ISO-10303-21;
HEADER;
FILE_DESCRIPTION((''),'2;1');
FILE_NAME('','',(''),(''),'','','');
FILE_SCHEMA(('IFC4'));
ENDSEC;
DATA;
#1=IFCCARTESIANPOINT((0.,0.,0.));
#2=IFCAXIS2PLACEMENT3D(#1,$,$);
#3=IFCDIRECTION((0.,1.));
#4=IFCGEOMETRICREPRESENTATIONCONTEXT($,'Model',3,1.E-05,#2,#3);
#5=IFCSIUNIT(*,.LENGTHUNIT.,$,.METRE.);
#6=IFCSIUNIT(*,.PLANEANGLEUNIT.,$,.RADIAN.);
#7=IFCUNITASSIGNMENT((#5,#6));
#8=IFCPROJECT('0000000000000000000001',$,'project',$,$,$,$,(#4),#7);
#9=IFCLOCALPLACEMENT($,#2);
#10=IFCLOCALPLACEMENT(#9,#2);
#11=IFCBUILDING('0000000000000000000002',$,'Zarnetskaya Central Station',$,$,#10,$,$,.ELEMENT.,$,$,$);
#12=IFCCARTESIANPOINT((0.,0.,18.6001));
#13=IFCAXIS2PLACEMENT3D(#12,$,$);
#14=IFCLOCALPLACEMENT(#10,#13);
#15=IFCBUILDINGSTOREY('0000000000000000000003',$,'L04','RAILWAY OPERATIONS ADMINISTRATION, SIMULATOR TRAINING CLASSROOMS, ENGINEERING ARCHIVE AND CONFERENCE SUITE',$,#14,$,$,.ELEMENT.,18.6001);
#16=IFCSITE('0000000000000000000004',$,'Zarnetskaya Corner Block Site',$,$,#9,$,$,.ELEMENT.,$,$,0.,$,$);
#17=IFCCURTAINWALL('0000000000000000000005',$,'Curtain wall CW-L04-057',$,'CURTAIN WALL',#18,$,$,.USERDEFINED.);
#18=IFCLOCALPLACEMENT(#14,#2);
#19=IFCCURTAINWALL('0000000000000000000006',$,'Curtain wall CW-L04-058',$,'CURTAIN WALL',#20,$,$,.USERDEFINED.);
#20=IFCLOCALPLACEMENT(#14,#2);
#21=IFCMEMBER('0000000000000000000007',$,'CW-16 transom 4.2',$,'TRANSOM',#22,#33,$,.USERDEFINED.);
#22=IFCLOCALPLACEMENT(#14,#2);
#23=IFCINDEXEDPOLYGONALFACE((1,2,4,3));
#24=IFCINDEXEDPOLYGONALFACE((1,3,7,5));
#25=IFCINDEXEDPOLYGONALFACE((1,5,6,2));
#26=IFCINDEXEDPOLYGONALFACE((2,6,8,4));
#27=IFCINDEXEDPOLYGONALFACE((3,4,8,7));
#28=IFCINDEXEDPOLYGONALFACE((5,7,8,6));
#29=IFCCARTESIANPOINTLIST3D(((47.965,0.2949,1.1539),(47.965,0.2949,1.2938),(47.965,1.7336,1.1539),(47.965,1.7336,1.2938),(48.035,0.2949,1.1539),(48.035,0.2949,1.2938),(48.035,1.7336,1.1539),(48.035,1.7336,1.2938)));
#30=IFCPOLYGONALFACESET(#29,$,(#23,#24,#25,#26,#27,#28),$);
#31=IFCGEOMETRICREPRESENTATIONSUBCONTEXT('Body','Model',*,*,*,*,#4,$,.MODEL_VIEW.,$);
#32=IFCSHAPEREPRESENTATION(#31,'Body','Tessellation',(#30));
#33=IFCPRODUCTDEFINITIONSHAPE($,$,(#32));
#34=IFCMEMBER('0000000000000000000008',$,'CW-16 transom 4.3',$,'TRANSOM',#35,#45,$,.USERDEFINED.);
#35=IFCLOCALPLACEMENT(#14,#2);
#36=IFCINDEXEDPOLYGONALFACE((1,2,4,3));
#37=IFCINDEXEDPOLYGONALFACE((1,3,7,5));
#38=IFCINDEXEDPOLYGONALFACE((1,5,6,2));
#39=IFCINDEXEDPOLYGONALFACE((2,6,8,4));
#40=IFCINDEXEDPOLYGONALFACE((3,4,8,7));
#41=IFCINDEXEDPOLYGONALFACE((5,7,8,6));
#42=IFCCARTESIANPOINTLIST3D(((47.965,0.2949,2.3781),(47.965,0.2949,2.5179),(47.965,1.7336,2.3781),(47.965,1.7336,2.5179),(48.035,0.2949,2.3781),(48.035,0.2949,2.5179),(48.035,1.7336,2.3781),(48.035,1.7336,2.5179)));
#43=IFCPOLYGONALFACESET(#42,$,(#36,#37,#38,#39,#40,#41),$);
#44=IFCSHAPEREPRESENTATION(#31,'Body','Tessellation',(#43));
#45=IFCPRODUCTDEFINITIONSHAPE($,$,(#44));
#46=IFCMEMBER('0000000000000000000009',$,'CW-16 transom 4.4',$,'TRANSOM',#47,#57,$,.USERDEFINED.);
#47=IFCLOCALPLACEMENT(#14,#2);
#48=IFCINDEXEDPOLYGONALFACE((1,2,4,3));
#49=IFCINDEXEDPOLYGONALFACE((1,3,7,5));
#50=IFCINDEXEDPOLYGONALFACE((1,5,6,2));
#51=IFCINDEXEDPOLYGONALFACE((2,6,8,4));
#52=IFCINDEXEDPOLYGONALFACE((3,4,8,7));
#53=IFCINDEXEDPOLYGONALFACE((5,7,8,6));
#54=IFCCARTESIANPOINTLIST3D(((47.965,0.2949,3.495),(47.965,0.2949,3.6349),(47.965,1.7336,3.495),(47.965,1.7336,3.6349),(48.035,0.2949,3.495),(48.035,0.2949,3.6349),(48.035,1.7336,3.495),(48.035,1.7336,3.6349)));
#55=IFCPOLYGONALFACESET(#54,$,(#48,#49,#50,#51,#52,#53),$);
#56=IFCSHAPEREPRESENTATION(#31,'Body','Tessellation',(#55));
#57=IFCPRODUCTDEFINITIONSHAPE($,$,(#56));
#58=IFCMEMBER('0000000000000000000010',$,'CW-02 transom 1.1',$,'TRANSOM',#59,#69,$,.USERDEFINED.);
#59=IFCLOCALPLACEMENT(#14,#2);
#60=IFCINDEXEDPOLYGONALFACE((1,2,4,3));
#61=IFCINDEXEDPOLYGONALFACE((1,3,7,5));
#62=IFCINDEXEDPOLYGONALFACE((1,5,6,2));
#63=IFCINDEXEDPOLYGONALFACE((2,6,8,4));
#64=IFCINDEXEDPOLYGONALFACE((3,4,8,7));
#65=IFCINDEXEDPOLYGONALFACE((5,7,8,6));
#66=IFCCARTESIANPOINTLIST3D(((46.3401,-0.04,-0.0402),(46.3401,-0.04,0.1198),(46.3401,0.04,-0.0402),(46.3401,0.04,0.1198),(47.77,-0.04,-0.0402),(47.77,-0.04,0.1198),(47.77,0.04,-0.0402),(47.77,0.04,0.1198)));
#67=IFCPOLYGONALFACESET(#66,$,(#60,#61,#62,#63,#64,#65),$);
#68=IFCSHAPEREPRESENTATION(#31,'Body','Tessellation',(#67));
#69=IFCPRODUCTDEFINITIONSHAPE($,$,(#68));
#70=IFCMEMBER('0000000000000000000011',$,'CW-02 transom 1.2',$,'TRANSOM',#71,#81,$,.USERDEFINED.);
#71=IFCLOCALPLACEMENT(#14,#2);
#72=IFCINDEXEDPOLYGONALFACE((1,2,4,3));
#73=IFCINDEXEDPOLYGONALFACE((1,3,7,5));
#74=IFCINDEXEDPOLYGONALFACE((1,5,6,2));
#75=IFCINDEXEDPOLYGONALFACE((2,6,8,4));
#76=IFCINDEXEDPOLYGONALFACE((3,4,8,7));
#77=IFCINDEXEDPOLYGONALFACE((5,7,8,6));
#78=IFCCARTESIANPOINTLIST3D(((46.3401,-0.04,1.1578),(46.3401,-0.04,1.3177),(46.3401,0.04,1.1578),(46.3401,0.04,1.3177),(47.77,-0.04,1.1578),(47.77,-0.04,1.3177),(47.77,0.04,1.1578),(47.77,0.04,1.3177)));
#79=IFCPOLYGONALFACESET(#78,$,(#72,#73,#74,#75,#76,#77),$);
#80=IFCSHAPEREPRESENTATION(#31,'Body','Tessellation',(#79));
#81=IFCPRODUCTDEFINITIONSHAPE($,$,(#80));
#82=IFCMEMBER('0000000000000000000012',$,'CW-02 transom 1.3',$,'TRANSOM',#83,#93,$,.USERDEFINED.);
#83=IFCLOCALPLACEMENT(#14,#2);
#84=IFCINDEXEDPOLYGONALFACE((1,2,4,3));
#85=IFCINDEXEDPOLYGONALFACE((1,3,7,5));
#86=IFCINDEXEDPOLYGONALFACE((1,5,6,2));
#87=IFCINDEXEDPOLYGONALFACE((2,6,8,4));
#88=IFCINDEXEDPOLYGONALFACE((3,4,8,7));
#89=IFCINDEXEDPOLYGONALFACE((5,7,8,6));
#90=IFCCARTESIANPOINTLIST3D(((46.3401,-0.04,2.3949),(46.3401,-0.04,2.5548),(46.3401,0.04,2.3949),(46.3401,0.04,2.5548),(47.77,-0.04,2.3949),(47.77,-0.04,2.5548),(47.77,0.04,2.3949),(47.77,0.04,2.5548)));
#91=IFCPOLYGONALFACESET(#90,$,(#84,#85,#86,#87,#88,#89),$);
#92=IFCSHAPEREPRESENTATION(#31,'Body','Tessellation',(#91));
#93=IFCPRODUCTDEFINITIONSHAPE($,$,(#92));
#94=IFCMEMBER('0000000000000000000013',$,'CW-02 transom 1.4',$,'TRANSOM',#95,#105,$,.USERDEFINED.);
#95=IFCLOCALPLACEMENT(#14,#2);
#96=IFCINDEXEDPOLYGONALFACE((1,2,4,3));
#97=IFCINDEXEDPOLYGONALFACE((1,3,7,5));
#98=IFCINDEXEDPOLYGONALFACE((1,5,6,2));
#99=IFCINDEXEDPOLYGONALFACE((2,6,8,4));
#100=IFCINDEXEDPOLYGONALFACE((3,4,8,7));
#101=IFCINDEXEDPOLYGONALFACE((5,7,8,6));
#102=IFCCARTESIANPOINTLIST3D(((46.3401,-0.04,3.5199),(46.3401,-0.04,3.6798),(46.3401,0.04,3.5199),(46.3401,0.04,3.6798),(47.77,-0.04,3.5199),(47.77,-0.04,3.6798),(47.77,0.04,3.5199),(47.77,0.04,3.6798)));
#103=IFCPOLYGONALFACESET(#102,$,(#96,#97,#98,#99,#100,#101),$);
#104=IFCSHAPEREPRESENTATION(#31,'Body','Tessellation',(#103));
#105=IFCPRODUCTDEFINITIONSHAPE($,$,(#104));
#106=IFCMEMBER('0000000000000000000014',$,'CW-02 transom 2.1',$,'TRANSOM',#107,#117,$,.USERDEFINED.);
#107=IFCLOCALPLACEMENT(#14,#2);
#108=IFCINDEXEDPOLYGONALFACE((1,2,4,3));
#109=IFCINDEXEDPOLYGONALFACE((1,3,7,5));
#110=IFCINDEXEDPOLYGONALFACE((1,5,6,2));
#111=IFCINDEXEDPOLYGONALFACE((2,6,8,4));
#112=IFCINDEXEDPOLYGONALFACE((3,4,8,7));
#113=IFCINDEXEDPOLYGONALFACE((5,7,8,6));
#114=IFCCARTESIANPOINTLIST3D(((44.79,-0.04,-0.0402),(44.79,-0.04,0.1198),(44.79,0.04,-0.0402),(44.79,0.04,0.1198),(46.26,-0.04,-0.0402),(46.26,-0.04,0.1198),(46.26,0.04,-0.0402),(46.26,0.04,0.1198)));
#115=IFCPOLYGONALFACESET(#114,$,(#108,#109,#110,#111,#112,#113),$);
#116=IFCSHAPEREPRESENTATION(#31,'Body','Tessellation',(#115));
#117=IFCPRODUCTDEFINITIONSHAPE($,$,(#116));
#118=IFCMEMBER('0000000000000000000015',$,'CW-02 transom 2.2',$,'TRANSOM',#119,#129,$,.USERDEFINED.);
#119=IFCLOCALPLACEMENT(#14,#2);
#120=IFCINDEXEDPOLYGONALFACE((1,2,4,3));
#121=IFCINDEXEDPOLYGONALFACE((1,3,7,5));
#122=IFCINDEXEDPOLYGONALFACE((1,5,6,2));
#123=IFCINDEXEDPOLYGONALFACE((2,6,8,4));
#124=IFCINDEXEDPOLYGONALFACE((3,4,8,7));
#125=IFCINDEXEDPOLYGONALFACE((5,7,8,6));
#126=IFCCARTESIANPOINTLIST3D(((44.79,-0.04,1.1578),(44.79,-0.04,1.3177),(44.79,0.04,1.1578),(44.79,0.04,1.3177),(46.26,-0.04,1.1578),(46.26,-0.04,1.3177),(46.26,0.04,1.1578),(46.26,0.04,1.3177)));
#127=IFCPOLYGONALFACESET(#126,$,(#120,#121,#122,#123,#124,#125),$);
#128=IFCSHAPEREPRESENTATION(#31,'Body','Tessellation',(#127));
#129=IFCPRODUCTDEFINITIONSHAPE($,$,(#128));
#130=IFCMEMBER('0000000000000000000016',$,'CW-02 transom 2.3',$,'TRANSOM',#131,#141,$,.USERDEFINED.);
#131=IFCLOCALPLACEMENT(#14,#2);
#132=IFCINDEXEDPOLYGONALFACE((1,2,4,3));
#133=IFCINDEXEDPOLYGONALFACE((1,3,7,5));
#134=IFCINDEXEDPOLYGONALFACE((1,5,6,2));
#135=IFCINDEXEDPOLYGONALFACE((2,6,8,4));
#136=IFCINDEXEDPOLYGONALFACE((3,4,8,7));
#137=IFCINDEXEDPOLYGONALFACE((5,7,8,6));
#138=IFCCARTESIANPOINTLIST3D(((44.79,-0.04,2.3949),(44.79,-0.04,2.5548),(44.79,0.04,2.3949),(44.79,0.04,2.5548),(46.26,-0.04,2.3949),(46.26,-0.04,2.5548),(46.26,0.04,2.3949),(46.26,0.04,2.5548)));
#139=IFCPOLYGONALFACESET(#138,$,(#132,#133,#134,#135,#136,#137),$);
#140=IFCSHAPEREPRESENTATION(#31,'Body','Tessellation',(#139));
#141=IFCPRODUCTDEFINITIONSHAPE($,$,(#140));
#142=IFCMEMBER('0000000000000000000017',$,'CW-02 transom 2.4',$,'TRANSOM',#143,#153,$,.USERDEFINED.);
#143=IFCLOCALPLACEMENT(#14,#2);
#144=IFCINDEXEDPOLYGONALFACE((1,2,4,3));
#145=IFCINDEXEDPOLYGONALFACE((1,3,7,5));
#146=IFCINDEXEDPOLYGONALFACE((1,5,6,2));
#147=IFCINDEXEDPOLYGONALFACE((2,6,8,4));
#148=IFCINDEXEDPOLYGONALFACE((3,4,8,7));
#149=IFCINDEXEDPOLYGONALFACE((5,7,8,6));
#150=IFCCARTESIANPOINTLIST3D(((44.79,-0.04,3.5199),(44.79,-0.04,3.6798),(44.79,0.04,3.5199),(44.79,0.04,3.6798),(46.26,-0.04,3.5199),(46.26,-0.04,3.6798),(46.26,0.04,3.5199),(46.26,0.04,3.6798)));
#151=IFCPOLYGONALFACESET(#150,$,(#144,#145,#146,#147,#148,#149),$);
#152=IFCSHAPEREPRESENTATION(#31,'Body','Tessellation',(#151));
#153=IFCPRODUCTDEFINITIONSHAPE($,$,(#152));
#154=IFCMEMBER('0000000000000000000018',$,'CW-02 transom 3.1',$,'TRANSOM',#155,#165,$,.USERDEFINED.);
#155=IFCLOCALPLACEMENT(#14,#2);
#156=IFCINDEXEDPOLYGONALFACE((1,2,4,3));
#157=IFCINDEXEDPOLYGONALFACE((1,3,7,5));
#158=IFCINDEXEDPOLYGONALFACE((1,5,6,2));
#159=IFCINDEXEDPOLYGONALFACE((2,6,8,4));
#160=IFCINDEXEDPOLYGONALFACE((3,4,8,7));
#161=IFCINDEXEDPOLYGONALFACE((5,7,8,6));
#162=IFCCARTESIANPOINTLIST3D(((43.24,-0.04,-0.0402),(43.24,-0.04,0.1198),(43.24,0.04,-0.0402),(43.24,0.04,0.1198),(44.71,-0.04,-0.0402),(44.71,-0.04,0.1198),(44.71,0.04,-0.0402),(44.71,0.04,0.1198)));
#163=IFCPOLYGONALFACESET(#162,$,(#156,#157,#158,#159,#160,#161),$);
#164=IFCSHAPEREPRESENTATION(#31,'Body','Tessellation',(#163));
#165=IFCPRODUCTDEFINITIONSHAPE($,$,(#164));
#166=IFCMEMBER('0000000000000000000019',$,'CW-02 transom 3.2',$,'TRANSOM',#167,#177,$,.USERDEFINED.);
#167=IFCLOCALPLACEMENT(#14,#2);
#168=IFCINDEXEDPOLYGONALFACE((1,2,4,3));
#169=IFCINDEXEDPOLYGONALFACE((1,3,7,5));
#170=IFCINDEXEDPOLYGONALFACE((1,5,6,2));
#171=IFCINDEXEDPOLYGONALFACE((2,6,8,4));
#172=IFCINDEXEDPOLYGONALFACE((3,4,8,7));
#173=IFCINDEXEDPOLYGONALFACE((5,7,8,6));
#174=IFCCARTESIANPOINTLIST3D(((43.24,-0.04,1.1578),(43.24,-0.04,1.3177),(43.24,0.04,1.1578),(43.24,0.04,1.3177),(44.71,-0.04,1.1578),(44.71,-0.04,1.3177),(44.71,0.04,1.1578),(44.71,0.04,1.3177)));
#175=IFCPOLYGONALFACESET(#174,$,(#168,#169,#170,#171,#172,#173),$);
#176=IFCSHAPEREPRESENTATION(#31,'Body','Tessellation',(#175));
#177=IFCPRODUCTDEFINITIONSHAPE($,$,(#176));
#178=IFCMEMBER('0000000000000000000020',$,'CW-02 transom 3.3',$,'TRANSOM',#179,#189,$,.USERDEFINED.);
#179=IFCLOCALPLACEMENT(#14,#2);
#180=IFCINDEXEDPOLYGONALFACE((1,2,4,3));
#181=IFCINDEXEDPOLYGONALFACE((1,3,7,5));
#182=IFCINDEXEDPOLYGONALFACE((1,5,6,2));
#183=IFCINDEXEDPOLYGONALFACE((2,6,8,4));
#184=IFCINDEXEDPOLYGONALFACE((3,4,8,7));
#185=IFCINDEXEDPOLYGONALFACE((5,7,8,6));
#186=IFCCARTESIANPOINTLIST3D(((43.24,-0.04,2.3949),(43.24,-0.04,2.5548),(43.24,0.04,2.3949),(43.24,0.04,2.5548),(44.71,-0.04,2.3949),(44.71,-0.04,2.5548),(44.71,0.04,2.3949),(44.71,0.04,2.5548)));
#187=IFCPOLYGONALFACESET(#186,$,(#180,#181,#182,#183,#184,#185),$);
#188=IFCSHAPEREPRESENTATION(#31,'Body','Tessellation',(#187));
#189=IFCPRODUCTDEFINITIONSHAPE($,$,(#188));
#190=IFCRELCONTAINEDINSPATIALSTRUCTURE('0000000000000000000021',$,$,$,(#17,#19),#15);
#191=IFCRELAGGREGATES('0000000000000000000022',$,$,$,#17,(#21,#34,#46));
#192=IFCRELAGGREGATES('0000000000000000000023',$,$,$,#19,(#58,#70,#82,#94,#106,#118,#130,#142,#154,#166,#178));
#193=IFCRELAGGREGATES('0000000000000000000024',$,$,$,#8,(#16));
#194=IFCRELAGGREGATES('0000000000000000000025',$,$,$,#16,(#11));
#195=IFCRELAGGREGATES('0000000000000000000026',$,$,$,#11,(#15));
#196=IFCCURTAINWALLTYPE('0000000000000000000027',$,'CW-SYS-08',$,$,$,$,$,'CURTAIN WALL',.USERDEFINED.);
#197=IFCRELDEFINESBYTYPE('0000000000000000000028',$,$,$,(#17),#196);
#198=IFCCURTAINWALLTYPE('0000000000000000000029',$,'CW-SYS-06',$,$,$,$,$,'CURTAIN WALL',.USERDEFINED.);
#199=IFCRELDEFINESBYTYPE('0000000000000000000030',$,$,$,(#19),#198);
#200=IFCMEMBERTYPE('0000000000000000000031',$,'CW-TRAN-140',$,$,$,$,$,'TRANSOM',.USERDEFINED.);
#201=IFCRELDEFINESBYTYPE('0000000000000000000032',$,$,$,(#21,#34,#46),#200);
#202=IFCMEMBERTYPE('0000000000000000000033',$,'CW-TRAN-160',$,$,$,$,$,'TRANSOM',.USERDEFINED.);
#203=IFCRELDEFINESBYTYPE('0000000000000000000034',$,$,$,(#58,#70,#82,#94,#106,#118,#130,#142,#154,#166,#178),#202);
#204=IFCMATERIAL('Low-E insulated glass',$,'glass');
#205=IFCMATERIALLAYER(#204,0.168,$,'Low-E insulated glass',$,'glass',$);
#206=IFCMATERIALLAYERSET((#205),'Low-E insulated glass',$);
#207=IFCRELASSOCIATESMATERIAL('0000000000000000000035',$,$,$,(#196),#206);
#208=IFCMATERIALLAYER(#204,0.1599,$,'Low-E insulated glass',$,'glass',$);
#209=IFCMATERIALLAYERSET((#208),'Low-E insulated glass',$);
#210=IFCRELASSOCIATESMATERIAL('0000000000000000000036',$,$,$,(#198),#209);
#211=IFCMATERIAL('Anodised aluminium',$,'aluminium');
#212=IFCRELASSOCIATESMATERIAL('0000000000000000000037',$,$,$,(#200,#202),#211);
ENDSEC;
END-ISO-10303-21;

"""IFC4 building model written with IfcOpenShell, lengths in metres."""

from ifc_helpers import new_model, si_unit, direction, frame, origin, origin_2d, place, context, subcontext, project, spatial, rectangle, extrude, material, layer, layer_set, material_profile, profile_set, type_object, element, aggregate, save


model = new_model("IFC4")

# Units and contexts
model_context = context("Model", 3, precision=1e-05, world=origin(), true_north=direction((0.0, 1.0)))
body_context = subcontext(model_context, "Body", "Model", "MODEL_VIEW")
ifc_project = project(units=[si_unit("LENGTHUNIT", "METRE"), si_unit("PLANEANGLEUNIT", "RADIAN")], contexts=[model_context])

# Site, building, storey
site_placement = place(None, origin())
site = spatial("IfcSite", under=ifc_project, at=site_placement, Name="Zarnetskaya Corner Block Site", CompositionType="ELEMENT", RefElevation=0.0)
building_placement = place(site_placement, origin())
building = spatial("IfcBuilding", under=site, at=building_placement, Name="Zarnetskaya Central Station", CompositionType="ELEMENT")
storey_placement = place(building_placement, frame((0.0, 0.0, 18.6001)))
storey = spatial("IfcBuildingStorey", under=building, at=storey_placement, Name="L04", Description="RAILWAY OPERATIONS ADMINISTRATION, SIMULATOR TRAINING CLASSROOMS, ENGINEERING ARCHIVE AND CONFERENCE SUITE", CompositionType="ELEMENT", Elevation=18.6001)

# Curtain walls
ifc_material_1 = material(Name="Low-E insulated glass", Category="glass")
ifc_layer_1 = layer(ifc_material_1, 0.168, Name="Low-E insulated glass", Category="glass")
ifc_layer_set_1 = layer_set([ifc_layer_1], Name="Low-E insulated glass")
curtain_wall_type_1 = type_object("IfcCurtainWallType", Name="CW-SYS-08", ElementType="CURTAIN WALL", PredefinedType="USERDEFINED", material=ifc_layer_set_1)
curtain_wall_1_placement = place(storey_placement, origin())
curtain_wall_1 = element("IfcCurtainWall", 1, at=curtain_wall_1_placement, inside=storey, type_object=curtain_wall_type_1, Name="Curtain wall CW-L04-057", ObjectType="CURTAIN WALL", PredefinedType="USERDEFINED")
ifc_material_2 = material(Name="Anodised aluminium", Category="aluminium")
ifc_layer_2 = layer(ifc_material_1, 0.1599, Name="Low-E insulated glass", Category="glass")
ifc_layer_set_2 = layer_set([ifc_layer_2], Name="Low-E insulated glass")
curtain_wall_type_2 = type_object("IfcCurtainWallType", Name="CW-SYS-06", ElementType="CURTAIN WALL", PredefinedType="USERDEFINED", material=ifc_layer_set_2)
curtain_wall_2_placement = place(storey_placement, origin())
curtain_wall_2 = element("IfcCurtainWall", 2, at=curtain_wall_2_placement, inside=storey, type_object=curtain_wall_type_2, Name="Curtain wall CW-L04-058", ObjectType="CURTAIN WALL", PredefinedType="USERDEFINED")

# Members
ifc_material_profile_1 = material_profile(ifc_material_2, rectangle(XDim=0.0701, YDim=0.1399, at=origin_2d()), Name="ALU TRAN 70x140")
ifc_profile_set_1 = profile_set([ifc_material_profile_1], Name="Anodised aluminium")
member_type_1 = type_object("IfcMemberType", Name="CW-TRAN-140", ElementType="TRANSOM", PredefinedType="USERDEFINED", material=ifc_profile_set_1)
member_1_placement = place(storey_placement, frame((48.0, 1.7336, 1.2239), z_axis=(0.0, -1.0, 0.0), x_axis=(1.0, 0.0, 0.0)))
member_1 = element("IfcMember", 3, at=member_1_placement, type_object=member_type_1, Name="CW-16 transom 4.2", ObjectType="TRANSOM", PredefinedType="USERDEFINED", context=body_context, shape_type="SweptSolid", body=[
    extrude(rectangle(XDim=0.0701, YDim=0.1399, at=origin_2d()), origin(), (0.0, 0.0, 1.0), 1.4387),
])
member_2_placement = place(storey_placement, frame((48.0, 1.7336, 2.448), z_axis=(0.0, -1.0, 0.0), x_axis=(1.0, 0.0, 0.0)))
member_2 = element("IfcMember", 4, at=member_2_placement, type_object=member_type_1, Name="CW-16 transom 4.3", ObjectType="TRANSOM", PredefinedType="USERDEFINED", context=body_context, shape_type="SweptSolid", body=[
    extrude(rectangle(XDim=0.0701, YDim=0.1399, at=origin_2d()), origin(), (0.0, 0.0, 1.0), 1.4387),
])
member_3_placement = place(storey_placement, frame((48.0, 1.7336, 3.5649), z_axis=(0.0, -1.0, 0.0), x_axis=(1.0, 0.0, 0.0)))
member_3 = element("IfcMember", 5, at=member_3_placement, type_object=member_type_1, Name="CW-16 transom 4.4", ObjectType="TRANSOM", PredefinedType="USERDEFINED", context=body_context, shape_type="SweptSolid", body=[
    extrude(rectangle(XDim=0.0701, YDim=0.1399, at=origin_2d()), origin(), (0.0, 0.0, 1.0), 1.4387),
])
ifc_material_profile_2 = material_profile(ifc_material_2, rectangle(XDim=0.0801, YDim=0.1599, at=origin_2d()), Name="ALU TRAN 80x160")
ifc_profile_set_2 = profile_set([ifc_material_profile_2], Name="Anodised aluminium")
member_type_2 = type_object("IfcMemberType", Name="CW-TRAN-160", ElementType="TRANSOM", PredefinedType="USERDEFINED", material=ifc_profile_set_2)
member_4_placement = place(storey_placement, frame((47.77, 0.0, 0.0398), z_axis=(-1.0, 0.0, 0.0), x_axis=(0.0, -1.0, 0.0)))
member_4 = element("IfcMember", 6, at=member_4_placement, type_object=member_type_2, Name="CW-02 transom 1.1", ObjectType="TRANSOM", PredefinedType="USERDEFINED", context=body_context, shape_type="SweptSolid", body=[
    extrude(rectangle(XDim=0.0801, YDim=0.1599, at=origin_2d()), origin(), (0.0, 0.0, 1.0), 1.4299),
])
member_5_placement = place(storey_placement, frame((47.77, 0.0, 1.2378), z_axis=(-1.0, 0.0, 0.0), x_axis=(0.0, -1.0, 0.0)))
member_5 = element("IfcMember", 7, at=member_5_placement, type_object=member_type_2, Name="CW-02 transom 1.2", ObjectType="TRANSOM", PredefinedType="USERDEFINED", context=body_context, shape_type="SweptSolid", body=[
    extrude(rectangle(XDim=0.0801, YDim=0.1599, at=origin_2d()), origin(), (0.0, 0.0, 1.0), 1.4299),
])
member_6_placement = place(storey_placement, frame((47.77, 0.0, 2.4749), z_axis=(-1.0, 0.0, 0.0), x_axis=(0.0, -1.0, 0.0)))
member_6 = element("IfcMember", 8, at=member_6_placement, type_object=member_type_2, Name="CW-02 transom 1.3", ObjectType="TRANSOM", PredefinedType="USERDEFINED", context=body_context, shape_type="SweptSolid", body=[
    extrude(rectangle(XDim=0.0801, YDim=0.1599, at=origin_2d()), origin(), (0.0, 0.0, 1.0), 1.4299),
])
member_7_placement = place(storey_placement, frame((47.77, 0.0, 3.5999), z_axis=(-1.0, 0.0, 0.0), x_axis=(0.0, -1.0, 0.0)))
member_7 = element("IfcMember", 9, at=member_7_placement, type_object=member_type_2, Name="CW-02 transom 1.4", ObjectType="TRANSOM", PredefinedType="USERDEFINED", context=body_context, shape_type="SweptSolid", body=[
    extrude(rectangle(XDim=0.0801, YDim=0.1599, at=origin_2d()), origin(), (0.0, 0.0, 1.0), 1.4299),
])
member_8_placement = place(storey_placement, frame((46.26, 0.0, 0.0398), z_axis=(-1.0, 0.0, 0.0), x_axis=(0.0, -1.0, 0.0)))
member_8 = element("IfcMember", 10, at=member_8_placement, type_object=member_type_2, Name="CW-02 transom 2.1", ObjectType="TRANSOM", PredefinedType="USERDEFINED", context=body_context, shape_type="SweptSolid", body=[
    extrude(rectangle(XDim=0.0801, YDim=0.1599, at=origin_2d()), origin(), (0.0, 0.0, 1.0), 1.47),
])
member_9_placement = place(storey_placement, frame((46.26, 0.0, 1.2378), z_axis=(-1.0, 0.0, 0.0), x_axis=(0.0, -1.0, 0.0)))
member_9 = element("IfcMember", 11, at=member_9_placement, type_object=member_type_2, Name="CW-02 transom 2.2", ObjectType="TRANSOM", PredefinedType="USERDEFINED", context=body_context, shape_type="SweptSolid", body=[
    extrude(rectangle(XDim=0.0801, YDim=0.1599, at=origin_2d()), origin(), (0.0, 0.0, 1.0), 1.47),
])
member_10_placement = place(storey_placement, frame((46.26, 0.0, 2.4749), z_axis=(-1.0, 0.0, 0.0), x_axis=(0.0, -1.0, 0.0)))
member_10 = element("IfcMember", 12, at=member_10_placement, type_object=member_type_2, Name="CW-02 transom 2.3", ObjectType="TRANSOM", PredefinedType="USERDEFINED", context=body_context, shape_type="SweptSolid", body=[
    extrude(rectangle(XDim=0.0801, YDim=0.1599, at=origin_2d()), origin(), (0.0, 0.0, 1.0), 1.47),
])
member_11_placement = place(storey_placement, frame((46.26, 0.0, 3.5999), z_axis=(-1.0, 0.0, 0.0), x_axis=(0.0, -1.0, 0.0)))
member_11 = element("IfcMember", 13, at=member_11_placement, type_object=member_type_2, Name="CW-02 transom 2.4", ObjectType="TRANSOM", PredefinedType="USERDEFINED", context=body_context, shape_type="SweptSolid", body=[
    extrude(rectangle(XDim=0.0801, YDim=0.1599, at=origin_2d()), origin(), (0.0, 0.0, 1.0), 1.47),
])
member_12_placement = place(storey_placement, frame((44.71, 0.0, 0.0398), z_axis=(-1.0, 0.0, 0.0), x_axis=(0.0, -1.0, 0.0)))
member_12 = element("IfcMember", 14, at=member_12_placement, type_object=member_type_2, Name="CW-02 transom 3.1", ObjectType="TRANSOM", PredefinedType="USERDEFINED", context=body_context, shape_type="SweptSolid", body=[
    extrude(rectangle(XDim=0.0801, YDim=0.1599, at=origin_2d()), origin(), (0.0, 0.0, 1.0), 1.47),
])
member_13_placement = place(storey_placement, frame((44.71, 0.0, 1.2378), z_axis=(-1.0, 0.0, 0.0), x_axis=(0.0, -1.0, 0.0)))
member_13 = element("IfcMember", 15, at=member_13_placement, type_object=member_type_2, Name="CW-02 transom 3.2", ObjectType="TRANSOM", PredefinedType="USERDEFINED", context=body_context, shape_type="SweptSolid", body=[
    extrude(rectangle(XDim=0.0801, YDim=0.1599, at=origin_2d()), origin(), (0.0, 0.0, 1.0), 1.47),
])
member_14_placement = place(storey_placement, frame((44.71, 0.0, 2.4749), z_axis=(-1.0, 0.0, 0.0), x_axis=(0.0, -1.0, 0.0)))
member_14 = element("IfcMember", 16, at=member_14_placement, type_object=member_type_2, Name="CW-02 transom 3.3", ObjectType="TRANSOM", PredefinedType="USERDEFINED", context=body_context, shape_type="SweptSolid", body=[
    extrude(rectangle(XDim=0.0801, YDim=0.1599, at=origin_2d()), origin(), (0.0, 0.0, 1.0), 1.47),
])

aggregate(curtain_wall_1, [member_1, member_2, member_3])
aggregate(curtain_wall_2, [member_4, member_5, member_6, member_7, member_8, member_9, member_10, member_11, member_12, member_13, member_14])

save(model, "model.ifc")
